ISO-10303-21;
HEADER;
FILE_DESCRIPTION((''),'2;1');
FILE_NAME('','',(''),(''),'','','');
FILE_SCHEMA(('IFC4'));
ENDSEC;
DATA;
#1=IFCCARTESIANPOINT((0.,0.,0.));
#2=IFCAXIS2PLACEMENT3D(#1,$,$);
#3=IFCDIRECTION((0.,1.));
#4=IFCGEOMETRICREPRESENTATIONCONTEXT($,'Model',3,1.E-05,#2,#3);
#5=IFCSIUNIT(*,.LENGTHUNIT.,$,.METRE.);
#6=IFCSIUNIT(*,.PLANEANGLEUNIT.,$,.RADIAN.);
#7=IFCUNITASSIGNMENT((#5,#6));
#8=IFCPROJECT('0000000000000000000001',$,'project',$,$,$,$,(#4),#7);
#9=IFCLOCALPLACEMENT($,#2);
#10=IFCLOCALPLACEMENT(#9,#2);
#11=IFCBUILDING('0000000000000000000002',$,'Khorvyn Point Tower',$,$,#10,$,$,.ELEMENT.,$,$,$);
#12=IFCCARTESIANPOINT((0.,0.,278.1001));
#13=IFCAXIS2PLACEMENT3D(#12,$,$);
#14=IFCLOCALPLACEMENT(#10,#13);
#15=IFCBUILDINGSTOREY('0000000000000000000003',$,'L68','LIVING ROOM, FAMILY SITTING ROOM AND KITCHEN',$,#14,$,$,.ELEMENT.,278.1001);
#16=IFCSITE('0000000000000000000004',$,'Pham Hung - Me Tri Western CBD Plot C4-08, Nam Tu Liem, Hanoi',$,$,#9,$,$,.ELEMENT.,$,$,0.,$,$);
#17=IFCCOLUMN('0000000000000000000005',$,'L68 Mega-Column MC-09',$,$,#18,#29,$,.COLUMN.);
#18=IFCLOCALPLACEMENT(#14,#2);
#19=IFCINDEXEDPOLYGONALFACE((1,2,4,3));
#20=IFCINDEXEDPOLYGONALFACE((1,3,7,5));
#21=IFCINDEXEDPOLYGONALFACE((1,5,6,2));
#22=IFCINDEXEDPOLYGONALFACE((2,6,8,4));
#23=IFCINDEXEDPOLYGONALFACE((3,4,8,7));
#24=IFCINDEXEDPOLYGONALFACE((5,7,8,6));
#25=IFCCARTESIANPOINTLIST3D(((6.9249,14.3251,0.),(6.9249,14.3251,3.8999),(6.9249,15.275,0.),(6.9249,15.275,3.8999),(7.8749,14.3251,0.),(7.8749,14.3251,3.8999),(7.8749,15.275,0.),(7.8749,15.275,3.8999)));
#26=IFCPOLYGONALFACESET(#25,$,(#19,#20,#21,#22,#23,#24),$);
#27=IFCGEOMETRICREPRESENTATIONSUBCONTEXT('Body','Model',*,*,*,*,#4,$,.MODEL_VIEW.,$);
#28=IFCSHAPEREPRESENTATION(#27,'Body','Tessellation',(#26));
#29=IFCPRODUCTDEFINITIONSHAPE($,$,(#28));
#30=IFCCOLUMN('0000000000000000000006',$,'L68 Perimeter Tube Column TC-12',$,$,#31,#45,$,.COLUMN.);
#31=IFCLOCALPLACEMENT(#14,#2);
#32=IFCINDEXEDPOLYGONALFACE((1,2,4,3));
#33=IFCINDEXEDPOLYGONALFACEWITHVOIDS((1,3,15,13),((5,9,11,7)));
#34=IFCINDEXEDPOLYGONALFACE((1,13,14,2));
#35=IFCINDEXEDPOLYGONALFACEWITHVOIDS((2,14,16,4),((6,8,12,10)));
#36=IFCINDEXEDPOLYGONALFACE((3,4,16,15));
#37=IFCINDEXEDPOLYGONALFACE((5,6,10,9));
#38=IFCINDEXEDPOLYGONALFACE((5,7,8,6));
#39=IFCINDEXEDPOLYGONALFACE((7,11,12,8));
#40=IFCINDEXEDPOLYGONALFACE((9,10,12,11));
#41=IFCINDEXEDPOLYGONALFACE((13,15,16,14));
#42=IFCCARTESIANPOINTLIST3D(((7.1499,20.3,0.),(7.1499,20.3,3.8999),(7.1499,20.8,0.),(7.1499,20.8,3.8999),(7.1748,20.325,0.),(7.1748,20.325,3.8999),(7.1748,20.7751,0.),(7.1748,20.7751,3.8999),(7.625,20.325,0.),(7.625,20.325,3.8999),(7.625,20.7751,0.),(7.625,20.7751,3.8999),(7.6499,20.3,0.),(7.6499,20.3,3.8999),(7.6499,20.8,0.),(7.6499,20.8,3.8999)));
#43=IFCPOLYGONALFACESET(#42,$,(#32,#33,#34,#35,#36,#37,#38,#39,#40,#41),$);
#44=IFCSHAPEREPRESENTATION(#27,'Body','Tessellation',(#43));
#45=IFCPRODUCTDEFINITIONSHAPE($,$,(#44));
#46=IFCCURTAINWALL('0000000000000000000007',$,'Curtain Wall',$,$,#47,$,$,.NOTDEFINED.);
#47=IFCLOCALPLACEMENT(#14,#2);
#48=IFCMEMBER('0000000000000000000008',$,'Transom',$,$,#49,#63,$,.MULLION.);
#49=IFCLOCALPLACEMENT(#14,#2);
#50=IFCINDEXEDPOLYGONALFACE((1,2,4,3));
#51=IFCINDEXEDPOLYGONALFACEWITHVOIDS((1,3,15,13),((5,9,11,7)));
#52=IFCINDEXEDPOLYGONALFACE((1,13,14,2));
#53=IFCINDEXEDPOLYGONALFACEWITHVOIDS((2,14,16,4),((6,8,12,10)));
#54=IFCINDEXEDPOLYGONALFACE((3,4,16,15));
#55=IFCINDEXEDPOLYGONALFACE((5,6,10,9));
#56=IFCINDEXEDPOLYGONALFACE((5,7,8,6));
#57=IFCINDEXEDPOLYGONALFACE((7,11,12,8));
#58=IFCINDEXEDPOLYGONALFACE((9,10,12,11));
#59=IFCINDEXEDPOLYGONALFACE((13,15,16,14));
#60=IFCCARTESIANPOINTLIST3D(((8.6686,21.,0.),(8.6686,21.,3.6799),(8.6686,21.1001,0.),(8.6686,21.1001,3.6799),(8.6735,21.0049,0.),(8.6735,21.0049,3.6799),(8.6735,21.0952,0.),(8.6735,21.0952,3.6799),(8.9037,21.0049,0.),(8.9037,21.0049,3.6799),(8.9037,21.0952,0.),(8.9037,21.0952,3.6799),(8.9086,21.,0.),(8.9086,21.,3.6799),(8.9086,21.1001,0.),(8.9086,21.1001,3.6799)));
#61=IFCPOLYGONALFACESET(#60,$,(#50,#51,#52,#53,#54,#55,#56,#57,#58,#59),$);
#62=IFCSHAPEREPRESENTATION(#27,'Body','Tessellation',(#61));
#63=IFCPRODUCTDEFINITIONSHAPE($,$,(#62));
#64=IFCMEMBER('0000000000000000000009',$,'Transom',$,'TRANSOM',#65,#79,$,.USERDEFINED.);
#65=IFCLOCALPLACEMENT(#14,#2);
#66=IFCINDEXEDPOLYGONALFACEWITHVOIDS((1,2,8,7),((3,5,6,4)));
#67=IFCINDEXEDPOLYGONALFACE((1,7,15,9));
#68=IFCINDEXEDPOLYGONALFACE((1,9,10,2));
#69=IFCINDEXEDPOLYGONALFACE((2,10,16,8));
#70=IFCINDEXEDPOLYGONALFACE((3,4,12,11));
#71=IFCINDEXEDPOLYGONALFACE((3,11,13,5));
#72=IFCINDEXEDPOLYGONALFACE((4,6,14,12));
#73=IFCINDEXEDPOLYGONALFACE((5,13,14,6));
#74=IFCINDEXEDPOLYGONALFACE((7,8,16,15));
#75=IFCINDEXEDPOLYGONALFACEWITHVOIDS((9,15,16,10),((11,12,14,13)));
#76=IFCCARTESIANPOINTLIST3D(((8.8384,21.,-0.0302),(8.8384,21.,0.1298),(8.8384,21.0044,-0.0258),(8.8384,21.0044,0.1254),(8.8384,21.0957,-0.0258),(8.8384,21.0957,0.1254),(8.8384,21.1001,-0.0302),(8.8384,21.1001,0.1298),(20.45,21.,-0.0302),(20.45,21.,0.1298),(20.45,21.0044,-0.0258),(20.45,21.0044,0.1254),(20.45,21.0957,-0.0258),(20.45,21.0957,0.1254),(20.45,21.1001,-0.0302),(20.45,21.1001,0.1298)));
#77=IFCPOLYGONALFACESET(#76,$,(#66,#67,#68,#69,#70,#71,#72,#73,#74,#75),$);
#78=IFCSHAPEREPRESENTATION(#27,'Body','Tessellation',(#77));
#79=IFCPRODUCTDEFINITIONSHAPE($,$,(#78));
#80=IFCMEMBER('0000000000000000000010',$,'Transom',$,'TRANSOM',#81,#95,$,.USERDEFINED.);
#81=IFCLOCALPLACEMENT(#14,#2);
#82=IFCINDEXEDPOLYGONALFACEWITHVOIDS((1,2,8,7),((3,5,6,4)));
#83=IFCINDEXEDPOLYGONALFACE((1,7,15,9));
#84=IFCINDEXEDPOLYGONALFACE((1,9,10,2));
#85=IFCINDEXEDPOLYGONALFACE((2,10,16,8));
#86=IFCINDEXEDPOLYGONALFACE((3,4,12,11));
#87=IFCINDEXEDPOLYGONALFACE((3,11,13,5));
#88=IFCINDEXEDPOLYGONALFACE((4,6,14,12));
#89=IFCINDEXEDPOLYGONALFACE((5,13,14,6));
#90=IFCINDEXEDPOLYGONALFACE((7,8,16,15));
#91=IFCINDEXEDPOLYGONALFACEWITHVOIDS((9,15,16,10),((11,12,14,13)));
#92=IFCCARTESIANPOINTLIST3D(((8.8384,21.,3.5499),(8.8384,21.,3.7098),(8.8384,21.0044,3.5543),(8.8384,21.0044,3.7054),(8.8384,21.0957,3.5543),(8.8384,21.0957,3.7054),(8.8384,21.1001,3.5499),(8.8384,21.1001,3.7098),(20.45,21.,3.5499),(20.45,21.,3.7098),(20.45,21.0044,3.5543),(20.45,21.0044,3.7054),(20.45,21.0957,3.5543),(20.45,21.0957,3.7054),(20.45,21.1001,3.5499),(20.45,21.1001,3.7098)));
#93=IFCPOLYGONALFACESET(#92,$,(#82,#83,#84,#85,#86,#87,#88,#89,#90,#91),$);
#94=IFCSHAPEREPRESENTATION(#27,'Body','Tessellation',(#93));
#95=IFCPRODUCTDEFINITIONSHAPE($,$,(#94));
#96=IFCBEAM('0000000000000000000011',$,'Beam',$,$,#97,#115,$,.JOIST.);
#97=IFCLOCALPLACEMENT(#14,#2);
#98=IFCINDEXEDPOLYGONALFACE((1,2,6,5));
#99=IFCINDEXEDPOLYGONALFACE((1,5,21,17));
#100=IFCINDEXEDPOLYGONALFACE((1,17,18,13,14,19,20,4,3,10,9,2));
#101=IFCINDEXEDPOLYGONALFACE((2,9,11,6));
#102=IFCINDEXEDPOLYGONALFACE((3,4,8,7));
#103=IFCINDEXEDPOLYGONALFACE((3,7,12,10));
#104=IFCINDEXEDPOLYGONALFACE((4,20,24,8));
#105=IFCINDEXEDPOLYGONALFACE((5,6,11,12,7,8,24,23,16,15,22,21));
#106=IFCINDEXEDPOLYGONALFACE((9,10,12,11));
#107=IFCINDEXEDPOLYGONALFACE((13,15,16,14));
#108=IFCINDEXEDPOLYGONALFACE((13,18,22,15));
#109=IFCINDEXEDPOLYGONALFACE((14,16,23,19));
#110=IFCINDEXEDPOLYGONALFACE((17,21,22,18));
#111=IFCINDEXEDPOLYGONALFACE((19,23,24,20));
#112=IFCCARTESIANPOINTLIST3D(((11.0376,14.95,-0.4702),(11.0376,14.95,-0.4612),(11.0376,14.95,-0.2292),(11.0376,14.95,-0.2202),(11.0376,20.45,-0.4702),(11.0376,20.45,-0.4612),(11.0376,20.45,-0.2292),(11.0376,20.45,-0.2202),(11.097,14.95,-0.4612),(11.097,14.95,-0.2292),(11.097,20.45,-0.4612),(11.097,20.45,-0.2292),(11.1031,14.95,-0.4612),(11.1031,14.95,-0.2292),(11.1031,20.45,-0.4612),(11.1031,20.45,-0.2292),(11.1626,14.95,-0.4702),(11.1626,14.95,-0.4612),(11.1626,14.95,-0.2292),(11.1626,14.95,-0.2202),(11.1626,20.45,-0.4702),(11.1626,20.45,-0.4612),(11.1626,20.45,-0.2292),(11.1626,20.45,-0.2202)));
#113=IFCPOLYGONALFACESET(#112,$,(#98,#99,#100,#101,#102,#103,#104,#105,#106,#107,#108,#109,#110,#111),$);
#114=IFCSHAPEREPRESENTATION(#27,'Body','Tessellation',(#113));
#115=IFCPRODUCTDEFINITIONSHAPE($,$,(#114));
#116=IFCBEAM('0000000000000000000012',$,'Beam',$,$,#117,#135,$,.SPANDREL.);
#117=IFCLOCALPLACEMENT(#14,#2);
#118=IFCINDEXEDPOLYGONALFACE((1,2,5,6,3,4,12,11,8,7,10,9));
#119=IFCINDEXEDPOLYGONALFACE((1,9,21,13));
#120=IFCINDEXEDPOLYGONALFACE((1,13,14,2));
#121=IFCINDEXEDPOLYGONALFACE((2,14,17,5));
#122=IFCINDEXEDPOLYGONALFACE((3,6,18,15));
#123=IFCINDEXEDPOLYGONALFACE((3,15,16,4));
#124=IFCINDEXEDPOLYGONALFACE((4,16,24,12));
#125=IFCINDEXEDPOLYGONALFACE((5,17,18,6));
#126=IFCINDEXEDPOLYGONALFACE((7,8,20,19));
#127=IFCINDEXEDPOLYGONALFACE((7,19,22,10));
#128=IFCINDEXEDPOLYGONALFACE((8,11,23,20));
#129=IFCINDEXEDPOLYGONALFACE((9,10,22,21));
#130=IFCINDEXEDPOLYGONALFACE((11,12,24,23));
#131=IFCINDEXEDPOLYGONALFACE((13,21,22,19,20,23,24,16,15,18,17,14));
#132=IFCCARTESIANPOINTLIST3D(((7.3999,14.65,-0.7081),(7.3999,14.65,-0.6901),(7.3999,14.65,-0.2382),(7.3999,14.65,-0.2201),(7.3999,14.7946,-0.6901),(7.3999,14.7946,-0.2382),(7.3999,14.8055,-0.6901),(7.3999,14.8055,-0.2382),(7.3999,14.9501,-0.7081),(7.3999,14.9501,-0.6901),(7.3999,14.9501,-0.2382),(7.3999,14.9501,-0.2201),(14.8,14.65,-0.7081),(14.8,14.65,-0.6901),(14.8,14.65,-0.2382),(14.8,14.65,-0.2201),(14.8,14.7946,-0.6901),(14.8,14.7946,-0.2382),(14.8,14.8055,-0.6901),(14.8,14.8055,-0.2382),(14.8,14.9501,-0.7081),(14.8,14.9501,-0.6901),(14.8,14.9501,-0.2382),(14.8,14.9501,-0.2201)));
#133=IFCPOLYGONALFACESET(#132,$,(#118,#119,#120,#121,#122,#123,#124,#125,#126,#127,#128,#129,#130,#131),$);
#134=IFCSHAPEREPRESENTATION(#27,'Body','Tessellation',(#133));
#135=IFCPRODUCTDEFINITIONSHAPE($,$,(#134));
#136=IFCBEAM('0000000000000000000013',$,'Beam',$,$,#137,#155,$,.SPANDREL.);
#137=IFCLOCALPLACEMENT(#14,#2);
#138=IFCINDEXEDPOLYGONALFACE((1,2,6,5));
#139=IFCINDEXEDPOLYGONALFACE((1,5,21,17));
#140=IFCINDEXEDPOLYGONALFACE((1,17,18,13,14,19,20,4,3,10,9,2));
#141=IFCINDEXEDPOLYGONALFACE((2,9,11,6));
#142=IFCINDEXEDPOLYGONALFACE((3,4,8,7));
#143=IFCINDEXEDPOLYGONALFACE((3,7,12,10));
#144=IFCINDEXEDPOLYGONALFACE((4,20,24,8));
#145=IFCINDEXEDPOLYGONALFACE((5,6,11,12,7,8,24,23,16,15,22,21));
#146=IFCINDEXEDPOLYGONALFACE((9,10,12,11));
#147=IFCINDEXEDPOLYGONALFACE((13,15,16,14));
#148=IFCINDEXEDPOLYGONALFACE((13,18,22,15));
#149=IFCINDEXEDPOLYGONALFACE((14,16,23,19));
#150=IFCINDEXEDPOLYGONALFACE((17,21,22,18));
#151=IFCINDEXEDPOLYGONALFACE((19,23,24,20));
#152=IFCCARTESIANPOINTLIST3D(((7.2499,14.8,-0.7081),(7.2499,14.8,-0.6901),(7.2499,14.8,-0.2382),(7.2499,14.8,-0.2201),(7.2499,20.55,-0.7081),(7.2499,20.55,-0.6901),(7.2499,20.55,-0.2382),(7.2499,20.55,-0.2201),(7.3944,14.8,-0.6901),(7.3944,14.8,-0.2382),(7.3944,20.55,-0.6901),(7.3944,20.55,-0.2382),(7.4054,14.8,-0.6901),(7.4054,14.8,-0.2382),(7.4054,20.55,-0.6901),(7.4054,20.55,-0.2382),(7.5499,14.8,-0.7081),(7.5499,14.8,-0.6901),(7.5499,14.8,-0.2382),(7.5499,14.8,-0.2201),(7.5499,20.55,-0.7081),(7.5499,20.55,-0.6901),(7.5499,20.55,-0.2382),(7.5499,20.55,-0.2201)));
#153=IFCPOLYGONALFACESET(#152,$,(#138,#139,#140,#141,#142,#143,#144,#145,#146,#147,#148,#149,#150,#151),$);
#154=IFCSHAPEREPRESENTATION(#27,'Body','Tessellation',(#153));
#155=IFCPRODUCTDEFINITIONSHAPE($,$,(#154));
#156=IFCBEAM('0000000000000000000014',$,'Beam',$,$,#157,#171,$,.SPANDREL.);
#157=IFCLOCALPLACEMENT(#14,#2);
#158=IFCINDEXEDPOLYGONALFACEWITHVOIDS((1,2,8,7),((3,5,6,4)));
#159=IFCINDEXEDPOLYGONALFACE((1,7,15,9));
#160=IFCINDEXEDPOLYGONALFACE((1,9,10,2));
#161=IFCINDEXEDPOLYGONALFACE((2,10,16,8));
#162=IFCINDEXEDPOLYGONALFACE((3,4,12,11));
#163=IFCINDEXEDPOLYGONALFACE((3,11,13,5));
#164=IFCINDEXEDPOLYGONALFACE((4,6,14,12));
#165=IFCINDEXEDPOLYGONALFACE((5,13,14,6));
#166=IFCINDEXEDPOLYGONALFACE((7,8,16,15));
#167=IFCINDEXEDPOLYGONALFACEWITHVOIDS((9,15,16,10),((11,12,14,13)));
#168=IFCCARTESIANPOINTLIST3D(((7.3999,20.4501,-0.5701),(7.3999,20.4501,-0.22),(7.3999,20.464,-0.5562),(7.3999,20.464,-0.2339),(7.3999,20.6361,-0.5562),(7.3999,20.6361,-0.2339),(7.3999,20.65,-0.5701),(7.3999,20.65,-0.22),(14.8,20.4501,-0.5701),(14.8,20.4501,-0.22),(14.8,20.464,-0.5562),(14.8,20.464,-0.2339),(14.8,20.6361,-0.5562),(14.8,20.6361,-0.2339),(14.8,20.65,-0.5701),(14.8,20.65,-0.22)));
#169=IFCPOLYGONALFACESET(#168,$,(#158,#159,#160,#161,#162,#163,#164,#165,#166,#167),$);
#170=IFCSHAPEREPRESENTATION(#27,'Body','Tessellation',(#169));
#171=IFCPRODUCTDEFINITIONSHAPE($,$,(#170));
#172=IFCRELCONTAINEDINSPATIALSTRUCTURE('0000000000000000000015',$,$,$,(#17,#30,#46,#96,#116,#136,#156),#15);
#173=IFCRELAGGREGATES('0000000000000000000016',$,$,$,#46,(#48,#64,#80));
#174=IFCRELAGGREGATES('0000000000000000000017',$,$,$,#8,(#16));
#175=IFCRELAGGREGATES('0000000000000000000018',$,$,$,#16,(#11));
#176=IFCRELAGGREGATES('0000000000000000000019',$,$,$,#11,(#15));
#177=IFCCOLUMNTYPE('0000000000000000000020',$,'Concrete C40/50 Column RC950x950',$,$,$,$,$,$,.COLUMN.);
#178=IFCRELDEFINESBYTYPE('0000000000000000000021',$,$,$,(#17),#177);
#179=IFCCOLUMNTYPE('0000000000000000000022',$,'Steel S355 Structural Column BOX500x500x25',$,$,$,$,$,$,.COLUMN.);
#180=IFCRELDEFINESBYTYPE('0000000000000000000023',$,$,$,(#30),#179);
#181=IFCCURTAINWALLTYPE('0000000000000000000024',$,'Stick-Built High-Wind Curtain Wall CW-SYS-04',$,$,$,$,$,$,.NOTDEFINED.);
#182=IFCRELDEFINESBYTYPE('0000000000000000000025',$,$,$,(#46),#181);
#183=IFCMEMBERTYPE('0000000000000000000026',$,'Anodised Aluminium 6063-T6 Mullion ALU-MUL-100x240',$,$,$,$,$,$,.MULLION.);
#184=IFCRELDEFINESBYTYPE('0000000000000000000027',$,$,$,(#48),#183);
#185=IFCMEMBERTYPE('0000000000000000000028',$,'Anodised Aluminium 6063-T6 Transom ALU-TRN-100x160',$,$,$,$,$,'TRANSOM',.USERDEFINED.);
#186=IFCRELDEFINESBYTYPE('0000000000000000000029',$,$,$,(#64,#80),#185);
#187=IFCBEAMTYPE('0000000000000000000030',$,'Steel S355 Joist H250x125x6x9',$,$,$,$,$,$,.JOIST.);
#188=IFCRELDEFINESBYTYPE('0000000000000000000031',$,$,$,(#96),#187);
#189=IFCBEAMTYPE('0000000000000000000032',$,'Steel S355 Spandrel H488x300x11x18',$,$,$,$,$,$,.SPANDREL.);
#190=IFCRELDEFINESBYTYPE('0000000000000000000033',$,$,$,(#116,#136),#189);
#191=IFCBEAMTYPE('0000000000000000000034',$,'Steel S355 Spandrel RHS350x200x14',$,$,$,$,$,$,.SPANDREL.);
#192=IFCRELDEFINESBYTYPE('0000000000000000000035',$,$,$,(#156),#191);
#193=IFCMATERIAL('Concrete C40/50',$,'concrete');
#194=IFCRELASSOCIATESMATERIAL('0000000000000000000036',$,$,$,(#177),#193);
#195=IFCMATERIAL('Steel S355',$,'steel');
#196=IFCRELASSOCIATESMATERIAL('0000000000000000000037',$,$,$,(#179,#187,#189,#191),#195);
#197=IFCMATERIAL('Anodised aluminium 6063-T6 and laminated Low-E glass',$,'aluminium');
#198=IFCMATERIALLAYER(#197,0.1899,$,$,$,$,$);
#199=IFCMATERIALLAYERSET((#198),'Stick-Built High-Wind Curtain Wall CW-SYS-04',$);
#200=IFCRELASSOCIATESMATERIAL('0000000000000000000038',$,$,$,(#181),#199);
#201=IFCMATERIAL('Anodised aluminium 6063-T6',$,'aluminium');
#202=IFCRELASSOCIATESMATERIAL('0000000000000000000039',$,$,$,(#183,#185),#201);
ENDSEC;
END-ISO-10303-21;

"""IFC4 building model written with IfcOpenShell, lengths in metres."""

from ifc_helpers import new_model, si_unit, direction, frame, origin, origin_2d, place, context, subcontext, project, spatial, rectangle, hollow_rectangle, i_section, extrude, material, layer, layer_set, material_profile, profile_set, type_object, element, aggregate, save


model = new_model("IFC4")

# Units and contexts
model_context = context("Model", 3, precision=1e-05, world=origin(), true_north=direction((0.0, 1.0)))
body_context = subcontext(model_context, "Body", "Model", "MODEL_VIEW")
ifc_project = project(units=[si_unit("LENGTHUNIT", "METRE"), si_unit("PLANEANGLEUNIT", "RADIAN")], contexts=[model_context])

# Site, building, storey
site_placement = place(None, origin())
site = spatial("IfcSite", under=ifc_project, at=site_placement, Name="Pham Hung - Me Tri Western CBD Plot C4-08, Nam Tu Liem, Hanoi", CompositionType="ELEMENT", RefElevation=0.0)
building_placement = place(site_placement, origin())
building = spatial("IfcBuilding", under=site, at=building_placement, Name="Khorvyn Point Tower", CompositionType="ELEMENT")
storey_placement = place(building_placement, frame((0.0, 0.0, 278.1001)))
storey = spatial("IfcBuildingStorey", under=building, at=storey_placement, Name="L68", Description="LIVING ROOM, FAMILY SITTING ROOM AND KITCHEN", CompositionType="ELEMENT", Elevation=278.1001)

# Columns
ifc_material_1 = material(Name="Concrete C40/50", Category="concrete")
ifc_material_profile_1 = material_profile(ifc_material_1, rectangle(XDim=0.95, YDim=0.95, at=origin_2d()))
ifc_profile_set_1 = profile_set([ifc_material_profile_1], Name="Concrete C40/50 RC950x950")
column_type_1 = type_object("IfcColumnType", Name="Concrete C40/50 Column RC950x950", PredefinedType="COLUMN", material=ifc_profile_set_1)
column_1_placement = place(storey_placement, frame((7.3999, 14.8, 0.0), z_axis=(0.0, 0.0, 1.0), x_axis=(1.0, 0.0, 0.0)))
element("IfcColumn", 1, at=column_1_placement, inside=storey, type_object=column_type_1, Name="L68 Mega-Column MC-09", PredefinedType="COLUMN", context=body_context, shape_type="SweptSolid", body=[
    extrude(rectangle(XDim=0.95, YDim=0.95, at=origin_2d()), origin(), (0.0, 0.0, 1.0), 3.8999),
])
ifc_material_2 = material(Name="Steel S355", Category="steel")
ifc_material_profile_2 = material_profile(ifc_material_2, hollow_rectangle(XDim=0.5, YDim=0.5, WallThickness=0.0249, at=origin_2d()))
ifc_profile_set_2 = profile_set([ifc_material_profile_2], Name="Steel S355 BOX500x500x25")
column_type_2 = type_object("IfcColumnType", Name="Steel S355 Structural Column BOX500x500x25", PredefinedType="COLUMN", material=ifc_profile_set_2)
column_2_placement = place(storey_placement, frame((7.3999, 20.55, 0.0), z_axis=(0.0, 0.0, 1.0), x_axis=(1.0, 0.0, 0.0)))
element("IfcColumn", 2, at=column_2_placement, inside=storey, type_object=column_type_2, Name="L68 Perimeter Tube Column TC-12", PredefinedType="COLUMN", context=body_context, shape_type="SweptSolid", body=[
    extrude(hollow_rectangle(XDim=0.5, YDim=0.5, WallThickness=0.0249, at=origin_2d()), origin(), (0.0, 0.0, 1.0), 3.8999),
])

# Curtain wall, members
ifc_material_3 = material(Name="Anodised aluminium 6063-T6 and laminated Low-E glass", Category="aluminium")
ifc_layer_1 = layer(ifc_material_3, 0.1899)
ifc_layer_set_1 = layer_set([ifc_layer_1], Name="Stick-Built High-Wind Curtain Wall CW-SYS-04")
curtain_wall_type = type_object("IfcCurtainWallType", Name="Stick-Built High-Wind Curtain Wall CW-SYS-04", PredefinedType="NOTDEFINED", material=ifc_layer_set_1)
curtain_wall_placement = place(storey_placement, origin())
curtain_wall = element("IfcCurtainWall", 3, at=curtain_wall_placement, inside=storey, type_object=curtain_wall_type, Name="Curtain Wall", PredefinedType="NOTDEFINED")
ifc_material_4 = material(Name="Anodised aluminium 6063-T6", Category="aluminium")
ifc_material_profile_3 = material_profile(ifc_material_4, hollow_rectangle(XDim=0.1001, YDim=0.24, WallThickness=0.0049, at=origin_2d()))
ifc_profile_set_3 = profile_set([ifc_material_profile_3], Name="Anodised aluminium 6063-T6 ALU-MUL-100x240")
member_type_1 = type_object("IfcMemberType", Name="Anodised Aluminium 6063-T6 Mullion ALU-MUL-100x240", PredefinedType="MULLION", material=ifc_profile_set_3)
member_1_placement = place(storey_placement, frame((8.7886, 21.05, 0.0), z_axis=(0.0, 0.0, 1.0), x_axis=(0.0, 1.0, 0.0)))
member_1 = element("IfcMember", 4, at=member_1_placement, type_object=member_type_1, Name="Transom", PredefinedType="MULLION", context=body_context, shape_type="SweptSolid", body=[
    extrude(hollow_rectangle(XDim=0.1001, YDim=0.24, WallThickness=0.0049, at=origin_2d()), origin(), (0.0, 0.0, 1.0), 3.6799),
])
ifc_material_profile_4 = material_profile(ifc_material_4, hollow_rectangle(XDim=0.1001, YDim=0.1599, WallThickness=0.0044, at=origin_2d()))
ifc_profile_set_4 = profile_set([ifc_material_profile_4], Name="Anodised aluminium 6063-T6 ALU-TRN-100x160")
member_type_2 = type_object("IfcMemberType", Name="Anodised Aluminium 6063-T6 Transom ALU-TRN-100x160", ElementType="TRANSOM", PredefinedType="USERDEFINED", material=ifc_profile_set_4)
member_2_placement = place(storey_placement, frame((8.8384, 21.05, 0.0498), z_axis=(1.0, 0.0, 0.0), x_axis=(0.0, 1.0, 0.0)))
member_2 = element("IfcMember", 5, at=member_2_placement, type_object=member_type_2, Name="Transom", ObjectType="TRANSOM", PredefinedType="USERDEFINED", context=body_context, shape_type="SweptSolid", body=[
    extrude(hollow_rectangle(XDim=0.1001, YDim=0.1599, WallThickness=0.0044, at=origin_2d()), origin(), (0.0, 0.0, 1.0), 11.6116),
])
member_3_placement = place(storey_placement, frame((8.8384, 21.05, 3.6299), z_axis=(1.0, 0.0, 0.0), x_axis=(0.0, 1.0, 0.0)))
member_3 = element("IfcMember", 6, at=member_3_placement, type_object=member_type_2, Name="Transom", ObjectType="TRANSOM", PredefinedType="USERDEFINED", context=body_context, shape_type="SweptSolid", body=[
    extrude(hollow_rectangle(XDim=0.1001, YDim=0.1599, WallThickness=0.0044, at=origin_2d()), origin(), (0.0, 0.0, 1.0), 11.6116),
])

# Beams
ifc_material_profile_5 = material_profile(ifc_material_2, i_section(OverallWidth=0.125, OverallDepth=0.25, WebThickness=0.0061, FlangeThickness=0.009, at=origin_2d()))
ifc_profile_set_5 = profile_set([ifc_material_profile_5], Name="Steel S355 H250x125x6x9")
beam_type_1 = type_object("IfcBeamType", Name="Steel S355 Joist H250x125x6x9", PredefinedType="JOIST", material=ifc_profile_set_5)
beam_1_placement = place(storey_placement, frame((11.1001, 14.95, -0.3452), z_axis=(0.0, 1.0, 0.0), x_axis=(-1.0, 0.0, 0.0)))
element("IfcBeam", 7, at=beam_1_placement, inside=storey, type_object=beam_type_1, Name="Beam", PredefinedType="JOIST", context=body_context, shape_type="SweptSolid", body=[
    extrude(i_section(OverallWidth=0.125, OverallDepth=0.25, WebThickness=0.0061, FlangeThickness=0.009, at=origin_2d()), origin(), (0.0, 0.0, 1.0), 5.5),
])
ifc_material_profile_6 = material_profile(ifc_material_2, i_section(OverallWidth=0.3, OverallDepth=0.488, WebThickness=0.011, FlangeThickness=0.0181, at=origin_2d()))
ifc_profile_set_6 = profile_set([ifc_material_profile_6], Name="Steel S355 H488x300x11x18")
beam_type_2 = type_object("IfcBeamType", Name="Steel S355 Spandrel H488x300x11x18", PredefinedType="SPANDREL", material=ifc_profile_set_6)
beam_2_placement = place(storey_placement, frame((7.3999, 14.8, -0.4641), z_axis=(1.0, 0.0, 0.0), x_axis=(0.0, 1.0, 0.0)))
element("IfcBeam", 8, at=beam_2_placement, inside=storey, type_object=beam_type_2, Name="Beam", PredefinedType="SPANDREL", context=body_context, shape_type="SweptSolid", body=[
    extrude(i_section(OverallWidth=0.3, OverallDepth=0.488, WebThickness=0.011, FlangeThickness=0.0181, at=origin_2d()), origin(), (0.0, 0.0, 1.0), 7.4001),
])
beam_3_placement = place(storey_placement, frame((7.3999, 14.8, -0.4641), z_axis=(0.0, 1.0, 0.0), x_axis=(-1.0, 0.0, 0.0)))
element("IfcBeam", 9, at=beam_3_placement, inside=storey, type_object=beam_type_2, Name="Beam", PredefinedType="SPANDREL", context=body_context, shape_type="SweptSolid", body=[
    extrude(i_section(OverallWidth=0.3, OverallDepth=0.488, WebThickness=0.011, FlangeThickness=0.0181, at=origin_2d()), origin(), (0.0, 0.0, 1.0), 5.75),
])
ifc_material_profile_7 = material_profile(ifc_material_2, hollow_rectangle(XDim=0.2, YDim=0.3501, WallThickness=0.0139, at=origin_2d()))
ifc_profile_set_7 = profile_set([ifc_material_profile_7], Name="Steel S355 RHS350x200x14")
beam_type_3 = type_object("IfcBeamType", Name="Steel S355 Spandrel RHS350x200x14", PredefinedType="SPANDREL", material=ifc_profile_set_7)
beam_4_placement = place(storey_placement, frame((7.3999, 20.55, -0.395), z_axis=(1.0, 0.0, 0.0), x_axis=(0.0, 1.0, 0.0)))
element("IfcBeam", 10, at=beam_4_placement, inside=storey, type_object=beam_type_3, Name="Beam", PredefinedType="SPANDREL", context=body_context, shape_type="SweptSolid", body=[
    extrude(hollow_rectangle(XDim=0.2, YDim=0.3501, WallThickness=0.0139, at=origin_2d()), origin(), (0.0, 0.0, 1.0), 7.4001),
])

aggregate(curtain_wall, [member_1, member_2, member_3])

save(model, "model.ifc")
